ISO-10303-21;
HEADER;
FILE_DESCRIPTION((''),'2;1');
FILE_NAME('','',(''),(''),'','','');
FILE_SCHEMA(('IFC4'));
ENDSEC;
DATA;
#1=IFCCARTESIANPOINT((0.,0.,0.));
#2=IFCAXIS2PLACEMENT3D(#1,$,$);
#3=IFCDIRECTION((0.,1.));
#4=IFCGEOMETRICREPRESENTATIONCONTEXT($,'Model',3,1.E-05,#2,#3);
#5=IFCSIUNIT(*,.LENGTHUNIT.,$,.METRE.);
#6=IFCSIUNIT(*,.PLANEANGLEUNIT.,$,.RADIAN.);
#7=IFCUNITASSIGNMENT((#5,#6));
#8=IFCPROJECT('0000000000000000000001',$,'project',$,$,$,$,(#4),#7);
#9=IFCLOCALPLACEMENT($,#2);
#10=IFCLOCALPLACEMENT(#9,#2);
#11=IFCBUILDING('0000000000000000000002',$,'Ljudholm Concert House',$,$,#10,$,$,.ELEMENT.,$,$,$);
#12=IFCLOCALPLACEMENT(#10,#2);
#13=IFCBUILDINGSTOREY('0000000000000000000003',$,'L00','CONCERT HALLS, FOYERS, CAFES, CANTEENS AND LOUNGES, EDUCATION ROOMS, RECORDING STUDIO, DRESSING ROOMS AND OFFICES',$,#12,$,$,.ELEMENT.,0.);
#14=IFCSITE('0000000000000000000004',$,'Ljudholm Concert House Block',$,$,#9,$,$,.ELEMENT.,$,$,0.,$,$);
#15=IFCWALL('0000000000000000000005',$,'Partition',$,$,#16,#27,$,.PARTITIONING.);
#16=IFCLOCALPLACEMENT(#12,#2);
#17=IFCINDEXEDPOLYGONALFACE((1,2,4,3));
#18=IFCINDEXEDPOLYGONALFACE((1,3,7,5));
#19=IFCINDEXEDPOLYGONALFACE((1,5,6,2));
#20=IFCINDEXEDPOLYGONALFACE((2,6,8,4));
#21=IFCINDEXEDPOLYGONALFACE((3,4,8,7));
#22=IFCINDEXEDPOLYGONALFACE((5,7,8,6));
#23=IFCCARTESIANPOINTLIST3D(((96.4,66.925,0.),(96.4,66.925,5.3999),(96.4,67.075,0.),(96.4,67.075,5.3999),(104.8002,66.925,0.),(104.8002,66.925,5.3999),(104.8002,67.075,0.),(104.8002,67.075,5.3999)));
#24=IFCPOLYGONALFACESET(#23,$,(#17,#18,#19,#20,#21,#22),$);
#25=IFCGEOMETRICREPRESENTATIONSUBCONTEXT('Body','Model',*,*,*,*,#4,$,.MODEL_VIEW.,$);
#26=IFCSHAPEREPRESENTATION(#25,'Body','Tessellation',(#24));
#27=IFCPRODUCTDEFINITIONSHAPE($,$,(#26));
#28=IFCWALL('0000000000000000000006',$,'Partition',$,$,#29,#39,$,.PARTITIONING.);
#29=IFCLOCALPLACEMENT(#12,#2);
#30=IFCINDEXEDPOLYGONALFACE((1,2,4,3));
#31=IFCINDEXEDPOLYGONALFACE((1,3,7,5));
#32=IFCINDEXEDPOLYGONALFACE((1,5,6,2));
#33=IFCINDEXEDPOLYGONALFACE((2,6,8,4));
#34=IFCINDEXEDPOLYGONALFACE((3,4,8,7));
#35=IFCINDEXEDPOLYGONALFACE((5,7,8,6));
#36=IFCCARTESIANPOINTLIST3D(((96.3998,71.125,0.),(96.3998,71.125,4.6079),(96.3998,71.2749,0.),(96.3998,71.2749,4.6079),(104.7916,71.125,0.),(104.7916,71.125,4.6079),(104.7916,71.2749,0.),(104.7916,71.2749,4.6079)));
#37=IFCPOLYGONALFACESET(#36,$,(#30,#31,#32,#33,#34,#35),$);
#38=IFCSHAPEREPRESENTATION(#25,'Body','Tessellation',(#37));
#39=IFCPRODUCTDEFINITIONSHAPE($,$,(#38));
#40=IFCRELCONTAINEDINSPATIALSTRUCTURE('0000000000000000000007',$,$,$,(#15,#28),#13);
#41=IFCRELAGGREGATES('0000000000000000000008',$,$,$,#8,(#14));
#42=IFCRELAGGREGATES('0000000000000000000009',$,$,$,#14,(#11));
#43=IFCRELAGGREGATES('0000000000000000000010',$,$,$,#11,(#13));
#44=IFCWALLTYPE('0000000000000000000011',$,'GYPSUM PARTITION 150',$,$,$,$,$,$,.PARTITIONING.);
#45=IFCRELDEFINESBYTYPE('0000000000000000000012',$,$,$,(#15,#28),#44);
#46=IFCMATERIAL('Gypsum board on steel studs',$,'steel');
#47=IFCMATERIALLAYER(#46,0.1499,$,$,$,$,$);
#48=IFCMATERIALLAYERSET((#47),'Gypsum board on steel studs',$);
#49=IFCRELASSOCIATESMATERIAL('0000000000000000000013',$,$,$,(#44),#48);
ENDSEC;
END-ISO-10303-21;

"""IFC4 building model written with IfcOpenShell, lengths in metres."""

from ifc_helpers import new_model, si_unit, direction, frame, frame_2d, origin, place, context, subcontext, project, spatial, rectangle, extrude, material, layer, layer_set, type_object, element, save


model = new_model("IFC4")

# Units and contexts
model_context = context("Model", 3, precision=1e-05, world=origin(), true_north=direction((0.0, 1.0)))
body_context = subcontext(model_context, "Body", "Model", "MODEL_VIEW")
ifc_project = project(units=[si_unit("LENGTHUNIT", "METRE"), si_unit("PLANEANGLEUNIT", "RADIAN")], contexts=[model_context])

# Site, building, storey
site_placement = place(None, origin())
site = spatial("IfcSite", under=ifc_project, at=site_placement, Name="Ljudholm Concert House Block", CompositionType="ELEMENT", RefElevation=0.0)
building_placement = place(site_placement, origin())
building = spatial("IfcBuilding", under=site, at=building_placement, Name="Ljudholm Concert House", CompositionType="ELEMENT")
storey_placement = place(building_placement, origin())
storey = spatial("IfcBuildingStorey", under=building, at=storey_placement, Name="L00", Description="CONCERT HALLS, FOYERS, CAFES, CANTEENS AND LOUNGES, EDUCATION ROOMS, RECORDING STUDIO, DRESSING ROOMS AND OFFICES", CompositionType="ELEMENT", Elevation=0.0)

# Shared definitions
ifc_material_1 = material(Name="Gypsum board on steel studs", Category="steel")
ifc_layer = layer(ifc_material_1, 0.1499)
ifc_layer_set = layer_set([ifc_layer], Name="Gypsum board on steel studs")
wall_type = type_object("IfcWallType", Name="GYPSUM PARTITION 150", PredefinedType="PARTITIONING", material=ifc_layer_set)

# Walls
wall_1_placement = place(storey_placement, frame((96.3999, 67.0, 0.0), z_axis=(0.0, 0.0, 1.0), x_axis=(1.0, 0.0, 0.0)))
element("IfcWall", 1, at=wall_1_placement, inside=storey, type_object=wall_type, Name="Partition", PredefinedType="PARTITIONING", context=body_context, shape_type="SweptSolid", body=[
    extrude(rectangle(XDim=8.4001, YDim=0.1499, at=frame_2d((4.2002, 0.0))), origin(), (0.0, 0.0, 1.0), 5.3999),
])
wall_2_placement = place(storey_placement, frame((96.3999, 71.2, 0.0), z_axis=(0.0, 0.0, 1.0), x_axis=(1.0, 0.0, 0.0)))
element("IfcWall", 2, at=wall_2_placement, inside=storey, type_object=wall_type, Name="Partition", PredefinedType="PARTITIONING", context=body_context, shape_type="SweptSolid", body=[
    extrude(rectangle(XDim=8.3918, YDim=0.1499, at=frame_2d((4.1958, 0.0))), origin(), (0.0, 0.0, 1.0), 4.6079),
])

save(model, "model.ifc")
